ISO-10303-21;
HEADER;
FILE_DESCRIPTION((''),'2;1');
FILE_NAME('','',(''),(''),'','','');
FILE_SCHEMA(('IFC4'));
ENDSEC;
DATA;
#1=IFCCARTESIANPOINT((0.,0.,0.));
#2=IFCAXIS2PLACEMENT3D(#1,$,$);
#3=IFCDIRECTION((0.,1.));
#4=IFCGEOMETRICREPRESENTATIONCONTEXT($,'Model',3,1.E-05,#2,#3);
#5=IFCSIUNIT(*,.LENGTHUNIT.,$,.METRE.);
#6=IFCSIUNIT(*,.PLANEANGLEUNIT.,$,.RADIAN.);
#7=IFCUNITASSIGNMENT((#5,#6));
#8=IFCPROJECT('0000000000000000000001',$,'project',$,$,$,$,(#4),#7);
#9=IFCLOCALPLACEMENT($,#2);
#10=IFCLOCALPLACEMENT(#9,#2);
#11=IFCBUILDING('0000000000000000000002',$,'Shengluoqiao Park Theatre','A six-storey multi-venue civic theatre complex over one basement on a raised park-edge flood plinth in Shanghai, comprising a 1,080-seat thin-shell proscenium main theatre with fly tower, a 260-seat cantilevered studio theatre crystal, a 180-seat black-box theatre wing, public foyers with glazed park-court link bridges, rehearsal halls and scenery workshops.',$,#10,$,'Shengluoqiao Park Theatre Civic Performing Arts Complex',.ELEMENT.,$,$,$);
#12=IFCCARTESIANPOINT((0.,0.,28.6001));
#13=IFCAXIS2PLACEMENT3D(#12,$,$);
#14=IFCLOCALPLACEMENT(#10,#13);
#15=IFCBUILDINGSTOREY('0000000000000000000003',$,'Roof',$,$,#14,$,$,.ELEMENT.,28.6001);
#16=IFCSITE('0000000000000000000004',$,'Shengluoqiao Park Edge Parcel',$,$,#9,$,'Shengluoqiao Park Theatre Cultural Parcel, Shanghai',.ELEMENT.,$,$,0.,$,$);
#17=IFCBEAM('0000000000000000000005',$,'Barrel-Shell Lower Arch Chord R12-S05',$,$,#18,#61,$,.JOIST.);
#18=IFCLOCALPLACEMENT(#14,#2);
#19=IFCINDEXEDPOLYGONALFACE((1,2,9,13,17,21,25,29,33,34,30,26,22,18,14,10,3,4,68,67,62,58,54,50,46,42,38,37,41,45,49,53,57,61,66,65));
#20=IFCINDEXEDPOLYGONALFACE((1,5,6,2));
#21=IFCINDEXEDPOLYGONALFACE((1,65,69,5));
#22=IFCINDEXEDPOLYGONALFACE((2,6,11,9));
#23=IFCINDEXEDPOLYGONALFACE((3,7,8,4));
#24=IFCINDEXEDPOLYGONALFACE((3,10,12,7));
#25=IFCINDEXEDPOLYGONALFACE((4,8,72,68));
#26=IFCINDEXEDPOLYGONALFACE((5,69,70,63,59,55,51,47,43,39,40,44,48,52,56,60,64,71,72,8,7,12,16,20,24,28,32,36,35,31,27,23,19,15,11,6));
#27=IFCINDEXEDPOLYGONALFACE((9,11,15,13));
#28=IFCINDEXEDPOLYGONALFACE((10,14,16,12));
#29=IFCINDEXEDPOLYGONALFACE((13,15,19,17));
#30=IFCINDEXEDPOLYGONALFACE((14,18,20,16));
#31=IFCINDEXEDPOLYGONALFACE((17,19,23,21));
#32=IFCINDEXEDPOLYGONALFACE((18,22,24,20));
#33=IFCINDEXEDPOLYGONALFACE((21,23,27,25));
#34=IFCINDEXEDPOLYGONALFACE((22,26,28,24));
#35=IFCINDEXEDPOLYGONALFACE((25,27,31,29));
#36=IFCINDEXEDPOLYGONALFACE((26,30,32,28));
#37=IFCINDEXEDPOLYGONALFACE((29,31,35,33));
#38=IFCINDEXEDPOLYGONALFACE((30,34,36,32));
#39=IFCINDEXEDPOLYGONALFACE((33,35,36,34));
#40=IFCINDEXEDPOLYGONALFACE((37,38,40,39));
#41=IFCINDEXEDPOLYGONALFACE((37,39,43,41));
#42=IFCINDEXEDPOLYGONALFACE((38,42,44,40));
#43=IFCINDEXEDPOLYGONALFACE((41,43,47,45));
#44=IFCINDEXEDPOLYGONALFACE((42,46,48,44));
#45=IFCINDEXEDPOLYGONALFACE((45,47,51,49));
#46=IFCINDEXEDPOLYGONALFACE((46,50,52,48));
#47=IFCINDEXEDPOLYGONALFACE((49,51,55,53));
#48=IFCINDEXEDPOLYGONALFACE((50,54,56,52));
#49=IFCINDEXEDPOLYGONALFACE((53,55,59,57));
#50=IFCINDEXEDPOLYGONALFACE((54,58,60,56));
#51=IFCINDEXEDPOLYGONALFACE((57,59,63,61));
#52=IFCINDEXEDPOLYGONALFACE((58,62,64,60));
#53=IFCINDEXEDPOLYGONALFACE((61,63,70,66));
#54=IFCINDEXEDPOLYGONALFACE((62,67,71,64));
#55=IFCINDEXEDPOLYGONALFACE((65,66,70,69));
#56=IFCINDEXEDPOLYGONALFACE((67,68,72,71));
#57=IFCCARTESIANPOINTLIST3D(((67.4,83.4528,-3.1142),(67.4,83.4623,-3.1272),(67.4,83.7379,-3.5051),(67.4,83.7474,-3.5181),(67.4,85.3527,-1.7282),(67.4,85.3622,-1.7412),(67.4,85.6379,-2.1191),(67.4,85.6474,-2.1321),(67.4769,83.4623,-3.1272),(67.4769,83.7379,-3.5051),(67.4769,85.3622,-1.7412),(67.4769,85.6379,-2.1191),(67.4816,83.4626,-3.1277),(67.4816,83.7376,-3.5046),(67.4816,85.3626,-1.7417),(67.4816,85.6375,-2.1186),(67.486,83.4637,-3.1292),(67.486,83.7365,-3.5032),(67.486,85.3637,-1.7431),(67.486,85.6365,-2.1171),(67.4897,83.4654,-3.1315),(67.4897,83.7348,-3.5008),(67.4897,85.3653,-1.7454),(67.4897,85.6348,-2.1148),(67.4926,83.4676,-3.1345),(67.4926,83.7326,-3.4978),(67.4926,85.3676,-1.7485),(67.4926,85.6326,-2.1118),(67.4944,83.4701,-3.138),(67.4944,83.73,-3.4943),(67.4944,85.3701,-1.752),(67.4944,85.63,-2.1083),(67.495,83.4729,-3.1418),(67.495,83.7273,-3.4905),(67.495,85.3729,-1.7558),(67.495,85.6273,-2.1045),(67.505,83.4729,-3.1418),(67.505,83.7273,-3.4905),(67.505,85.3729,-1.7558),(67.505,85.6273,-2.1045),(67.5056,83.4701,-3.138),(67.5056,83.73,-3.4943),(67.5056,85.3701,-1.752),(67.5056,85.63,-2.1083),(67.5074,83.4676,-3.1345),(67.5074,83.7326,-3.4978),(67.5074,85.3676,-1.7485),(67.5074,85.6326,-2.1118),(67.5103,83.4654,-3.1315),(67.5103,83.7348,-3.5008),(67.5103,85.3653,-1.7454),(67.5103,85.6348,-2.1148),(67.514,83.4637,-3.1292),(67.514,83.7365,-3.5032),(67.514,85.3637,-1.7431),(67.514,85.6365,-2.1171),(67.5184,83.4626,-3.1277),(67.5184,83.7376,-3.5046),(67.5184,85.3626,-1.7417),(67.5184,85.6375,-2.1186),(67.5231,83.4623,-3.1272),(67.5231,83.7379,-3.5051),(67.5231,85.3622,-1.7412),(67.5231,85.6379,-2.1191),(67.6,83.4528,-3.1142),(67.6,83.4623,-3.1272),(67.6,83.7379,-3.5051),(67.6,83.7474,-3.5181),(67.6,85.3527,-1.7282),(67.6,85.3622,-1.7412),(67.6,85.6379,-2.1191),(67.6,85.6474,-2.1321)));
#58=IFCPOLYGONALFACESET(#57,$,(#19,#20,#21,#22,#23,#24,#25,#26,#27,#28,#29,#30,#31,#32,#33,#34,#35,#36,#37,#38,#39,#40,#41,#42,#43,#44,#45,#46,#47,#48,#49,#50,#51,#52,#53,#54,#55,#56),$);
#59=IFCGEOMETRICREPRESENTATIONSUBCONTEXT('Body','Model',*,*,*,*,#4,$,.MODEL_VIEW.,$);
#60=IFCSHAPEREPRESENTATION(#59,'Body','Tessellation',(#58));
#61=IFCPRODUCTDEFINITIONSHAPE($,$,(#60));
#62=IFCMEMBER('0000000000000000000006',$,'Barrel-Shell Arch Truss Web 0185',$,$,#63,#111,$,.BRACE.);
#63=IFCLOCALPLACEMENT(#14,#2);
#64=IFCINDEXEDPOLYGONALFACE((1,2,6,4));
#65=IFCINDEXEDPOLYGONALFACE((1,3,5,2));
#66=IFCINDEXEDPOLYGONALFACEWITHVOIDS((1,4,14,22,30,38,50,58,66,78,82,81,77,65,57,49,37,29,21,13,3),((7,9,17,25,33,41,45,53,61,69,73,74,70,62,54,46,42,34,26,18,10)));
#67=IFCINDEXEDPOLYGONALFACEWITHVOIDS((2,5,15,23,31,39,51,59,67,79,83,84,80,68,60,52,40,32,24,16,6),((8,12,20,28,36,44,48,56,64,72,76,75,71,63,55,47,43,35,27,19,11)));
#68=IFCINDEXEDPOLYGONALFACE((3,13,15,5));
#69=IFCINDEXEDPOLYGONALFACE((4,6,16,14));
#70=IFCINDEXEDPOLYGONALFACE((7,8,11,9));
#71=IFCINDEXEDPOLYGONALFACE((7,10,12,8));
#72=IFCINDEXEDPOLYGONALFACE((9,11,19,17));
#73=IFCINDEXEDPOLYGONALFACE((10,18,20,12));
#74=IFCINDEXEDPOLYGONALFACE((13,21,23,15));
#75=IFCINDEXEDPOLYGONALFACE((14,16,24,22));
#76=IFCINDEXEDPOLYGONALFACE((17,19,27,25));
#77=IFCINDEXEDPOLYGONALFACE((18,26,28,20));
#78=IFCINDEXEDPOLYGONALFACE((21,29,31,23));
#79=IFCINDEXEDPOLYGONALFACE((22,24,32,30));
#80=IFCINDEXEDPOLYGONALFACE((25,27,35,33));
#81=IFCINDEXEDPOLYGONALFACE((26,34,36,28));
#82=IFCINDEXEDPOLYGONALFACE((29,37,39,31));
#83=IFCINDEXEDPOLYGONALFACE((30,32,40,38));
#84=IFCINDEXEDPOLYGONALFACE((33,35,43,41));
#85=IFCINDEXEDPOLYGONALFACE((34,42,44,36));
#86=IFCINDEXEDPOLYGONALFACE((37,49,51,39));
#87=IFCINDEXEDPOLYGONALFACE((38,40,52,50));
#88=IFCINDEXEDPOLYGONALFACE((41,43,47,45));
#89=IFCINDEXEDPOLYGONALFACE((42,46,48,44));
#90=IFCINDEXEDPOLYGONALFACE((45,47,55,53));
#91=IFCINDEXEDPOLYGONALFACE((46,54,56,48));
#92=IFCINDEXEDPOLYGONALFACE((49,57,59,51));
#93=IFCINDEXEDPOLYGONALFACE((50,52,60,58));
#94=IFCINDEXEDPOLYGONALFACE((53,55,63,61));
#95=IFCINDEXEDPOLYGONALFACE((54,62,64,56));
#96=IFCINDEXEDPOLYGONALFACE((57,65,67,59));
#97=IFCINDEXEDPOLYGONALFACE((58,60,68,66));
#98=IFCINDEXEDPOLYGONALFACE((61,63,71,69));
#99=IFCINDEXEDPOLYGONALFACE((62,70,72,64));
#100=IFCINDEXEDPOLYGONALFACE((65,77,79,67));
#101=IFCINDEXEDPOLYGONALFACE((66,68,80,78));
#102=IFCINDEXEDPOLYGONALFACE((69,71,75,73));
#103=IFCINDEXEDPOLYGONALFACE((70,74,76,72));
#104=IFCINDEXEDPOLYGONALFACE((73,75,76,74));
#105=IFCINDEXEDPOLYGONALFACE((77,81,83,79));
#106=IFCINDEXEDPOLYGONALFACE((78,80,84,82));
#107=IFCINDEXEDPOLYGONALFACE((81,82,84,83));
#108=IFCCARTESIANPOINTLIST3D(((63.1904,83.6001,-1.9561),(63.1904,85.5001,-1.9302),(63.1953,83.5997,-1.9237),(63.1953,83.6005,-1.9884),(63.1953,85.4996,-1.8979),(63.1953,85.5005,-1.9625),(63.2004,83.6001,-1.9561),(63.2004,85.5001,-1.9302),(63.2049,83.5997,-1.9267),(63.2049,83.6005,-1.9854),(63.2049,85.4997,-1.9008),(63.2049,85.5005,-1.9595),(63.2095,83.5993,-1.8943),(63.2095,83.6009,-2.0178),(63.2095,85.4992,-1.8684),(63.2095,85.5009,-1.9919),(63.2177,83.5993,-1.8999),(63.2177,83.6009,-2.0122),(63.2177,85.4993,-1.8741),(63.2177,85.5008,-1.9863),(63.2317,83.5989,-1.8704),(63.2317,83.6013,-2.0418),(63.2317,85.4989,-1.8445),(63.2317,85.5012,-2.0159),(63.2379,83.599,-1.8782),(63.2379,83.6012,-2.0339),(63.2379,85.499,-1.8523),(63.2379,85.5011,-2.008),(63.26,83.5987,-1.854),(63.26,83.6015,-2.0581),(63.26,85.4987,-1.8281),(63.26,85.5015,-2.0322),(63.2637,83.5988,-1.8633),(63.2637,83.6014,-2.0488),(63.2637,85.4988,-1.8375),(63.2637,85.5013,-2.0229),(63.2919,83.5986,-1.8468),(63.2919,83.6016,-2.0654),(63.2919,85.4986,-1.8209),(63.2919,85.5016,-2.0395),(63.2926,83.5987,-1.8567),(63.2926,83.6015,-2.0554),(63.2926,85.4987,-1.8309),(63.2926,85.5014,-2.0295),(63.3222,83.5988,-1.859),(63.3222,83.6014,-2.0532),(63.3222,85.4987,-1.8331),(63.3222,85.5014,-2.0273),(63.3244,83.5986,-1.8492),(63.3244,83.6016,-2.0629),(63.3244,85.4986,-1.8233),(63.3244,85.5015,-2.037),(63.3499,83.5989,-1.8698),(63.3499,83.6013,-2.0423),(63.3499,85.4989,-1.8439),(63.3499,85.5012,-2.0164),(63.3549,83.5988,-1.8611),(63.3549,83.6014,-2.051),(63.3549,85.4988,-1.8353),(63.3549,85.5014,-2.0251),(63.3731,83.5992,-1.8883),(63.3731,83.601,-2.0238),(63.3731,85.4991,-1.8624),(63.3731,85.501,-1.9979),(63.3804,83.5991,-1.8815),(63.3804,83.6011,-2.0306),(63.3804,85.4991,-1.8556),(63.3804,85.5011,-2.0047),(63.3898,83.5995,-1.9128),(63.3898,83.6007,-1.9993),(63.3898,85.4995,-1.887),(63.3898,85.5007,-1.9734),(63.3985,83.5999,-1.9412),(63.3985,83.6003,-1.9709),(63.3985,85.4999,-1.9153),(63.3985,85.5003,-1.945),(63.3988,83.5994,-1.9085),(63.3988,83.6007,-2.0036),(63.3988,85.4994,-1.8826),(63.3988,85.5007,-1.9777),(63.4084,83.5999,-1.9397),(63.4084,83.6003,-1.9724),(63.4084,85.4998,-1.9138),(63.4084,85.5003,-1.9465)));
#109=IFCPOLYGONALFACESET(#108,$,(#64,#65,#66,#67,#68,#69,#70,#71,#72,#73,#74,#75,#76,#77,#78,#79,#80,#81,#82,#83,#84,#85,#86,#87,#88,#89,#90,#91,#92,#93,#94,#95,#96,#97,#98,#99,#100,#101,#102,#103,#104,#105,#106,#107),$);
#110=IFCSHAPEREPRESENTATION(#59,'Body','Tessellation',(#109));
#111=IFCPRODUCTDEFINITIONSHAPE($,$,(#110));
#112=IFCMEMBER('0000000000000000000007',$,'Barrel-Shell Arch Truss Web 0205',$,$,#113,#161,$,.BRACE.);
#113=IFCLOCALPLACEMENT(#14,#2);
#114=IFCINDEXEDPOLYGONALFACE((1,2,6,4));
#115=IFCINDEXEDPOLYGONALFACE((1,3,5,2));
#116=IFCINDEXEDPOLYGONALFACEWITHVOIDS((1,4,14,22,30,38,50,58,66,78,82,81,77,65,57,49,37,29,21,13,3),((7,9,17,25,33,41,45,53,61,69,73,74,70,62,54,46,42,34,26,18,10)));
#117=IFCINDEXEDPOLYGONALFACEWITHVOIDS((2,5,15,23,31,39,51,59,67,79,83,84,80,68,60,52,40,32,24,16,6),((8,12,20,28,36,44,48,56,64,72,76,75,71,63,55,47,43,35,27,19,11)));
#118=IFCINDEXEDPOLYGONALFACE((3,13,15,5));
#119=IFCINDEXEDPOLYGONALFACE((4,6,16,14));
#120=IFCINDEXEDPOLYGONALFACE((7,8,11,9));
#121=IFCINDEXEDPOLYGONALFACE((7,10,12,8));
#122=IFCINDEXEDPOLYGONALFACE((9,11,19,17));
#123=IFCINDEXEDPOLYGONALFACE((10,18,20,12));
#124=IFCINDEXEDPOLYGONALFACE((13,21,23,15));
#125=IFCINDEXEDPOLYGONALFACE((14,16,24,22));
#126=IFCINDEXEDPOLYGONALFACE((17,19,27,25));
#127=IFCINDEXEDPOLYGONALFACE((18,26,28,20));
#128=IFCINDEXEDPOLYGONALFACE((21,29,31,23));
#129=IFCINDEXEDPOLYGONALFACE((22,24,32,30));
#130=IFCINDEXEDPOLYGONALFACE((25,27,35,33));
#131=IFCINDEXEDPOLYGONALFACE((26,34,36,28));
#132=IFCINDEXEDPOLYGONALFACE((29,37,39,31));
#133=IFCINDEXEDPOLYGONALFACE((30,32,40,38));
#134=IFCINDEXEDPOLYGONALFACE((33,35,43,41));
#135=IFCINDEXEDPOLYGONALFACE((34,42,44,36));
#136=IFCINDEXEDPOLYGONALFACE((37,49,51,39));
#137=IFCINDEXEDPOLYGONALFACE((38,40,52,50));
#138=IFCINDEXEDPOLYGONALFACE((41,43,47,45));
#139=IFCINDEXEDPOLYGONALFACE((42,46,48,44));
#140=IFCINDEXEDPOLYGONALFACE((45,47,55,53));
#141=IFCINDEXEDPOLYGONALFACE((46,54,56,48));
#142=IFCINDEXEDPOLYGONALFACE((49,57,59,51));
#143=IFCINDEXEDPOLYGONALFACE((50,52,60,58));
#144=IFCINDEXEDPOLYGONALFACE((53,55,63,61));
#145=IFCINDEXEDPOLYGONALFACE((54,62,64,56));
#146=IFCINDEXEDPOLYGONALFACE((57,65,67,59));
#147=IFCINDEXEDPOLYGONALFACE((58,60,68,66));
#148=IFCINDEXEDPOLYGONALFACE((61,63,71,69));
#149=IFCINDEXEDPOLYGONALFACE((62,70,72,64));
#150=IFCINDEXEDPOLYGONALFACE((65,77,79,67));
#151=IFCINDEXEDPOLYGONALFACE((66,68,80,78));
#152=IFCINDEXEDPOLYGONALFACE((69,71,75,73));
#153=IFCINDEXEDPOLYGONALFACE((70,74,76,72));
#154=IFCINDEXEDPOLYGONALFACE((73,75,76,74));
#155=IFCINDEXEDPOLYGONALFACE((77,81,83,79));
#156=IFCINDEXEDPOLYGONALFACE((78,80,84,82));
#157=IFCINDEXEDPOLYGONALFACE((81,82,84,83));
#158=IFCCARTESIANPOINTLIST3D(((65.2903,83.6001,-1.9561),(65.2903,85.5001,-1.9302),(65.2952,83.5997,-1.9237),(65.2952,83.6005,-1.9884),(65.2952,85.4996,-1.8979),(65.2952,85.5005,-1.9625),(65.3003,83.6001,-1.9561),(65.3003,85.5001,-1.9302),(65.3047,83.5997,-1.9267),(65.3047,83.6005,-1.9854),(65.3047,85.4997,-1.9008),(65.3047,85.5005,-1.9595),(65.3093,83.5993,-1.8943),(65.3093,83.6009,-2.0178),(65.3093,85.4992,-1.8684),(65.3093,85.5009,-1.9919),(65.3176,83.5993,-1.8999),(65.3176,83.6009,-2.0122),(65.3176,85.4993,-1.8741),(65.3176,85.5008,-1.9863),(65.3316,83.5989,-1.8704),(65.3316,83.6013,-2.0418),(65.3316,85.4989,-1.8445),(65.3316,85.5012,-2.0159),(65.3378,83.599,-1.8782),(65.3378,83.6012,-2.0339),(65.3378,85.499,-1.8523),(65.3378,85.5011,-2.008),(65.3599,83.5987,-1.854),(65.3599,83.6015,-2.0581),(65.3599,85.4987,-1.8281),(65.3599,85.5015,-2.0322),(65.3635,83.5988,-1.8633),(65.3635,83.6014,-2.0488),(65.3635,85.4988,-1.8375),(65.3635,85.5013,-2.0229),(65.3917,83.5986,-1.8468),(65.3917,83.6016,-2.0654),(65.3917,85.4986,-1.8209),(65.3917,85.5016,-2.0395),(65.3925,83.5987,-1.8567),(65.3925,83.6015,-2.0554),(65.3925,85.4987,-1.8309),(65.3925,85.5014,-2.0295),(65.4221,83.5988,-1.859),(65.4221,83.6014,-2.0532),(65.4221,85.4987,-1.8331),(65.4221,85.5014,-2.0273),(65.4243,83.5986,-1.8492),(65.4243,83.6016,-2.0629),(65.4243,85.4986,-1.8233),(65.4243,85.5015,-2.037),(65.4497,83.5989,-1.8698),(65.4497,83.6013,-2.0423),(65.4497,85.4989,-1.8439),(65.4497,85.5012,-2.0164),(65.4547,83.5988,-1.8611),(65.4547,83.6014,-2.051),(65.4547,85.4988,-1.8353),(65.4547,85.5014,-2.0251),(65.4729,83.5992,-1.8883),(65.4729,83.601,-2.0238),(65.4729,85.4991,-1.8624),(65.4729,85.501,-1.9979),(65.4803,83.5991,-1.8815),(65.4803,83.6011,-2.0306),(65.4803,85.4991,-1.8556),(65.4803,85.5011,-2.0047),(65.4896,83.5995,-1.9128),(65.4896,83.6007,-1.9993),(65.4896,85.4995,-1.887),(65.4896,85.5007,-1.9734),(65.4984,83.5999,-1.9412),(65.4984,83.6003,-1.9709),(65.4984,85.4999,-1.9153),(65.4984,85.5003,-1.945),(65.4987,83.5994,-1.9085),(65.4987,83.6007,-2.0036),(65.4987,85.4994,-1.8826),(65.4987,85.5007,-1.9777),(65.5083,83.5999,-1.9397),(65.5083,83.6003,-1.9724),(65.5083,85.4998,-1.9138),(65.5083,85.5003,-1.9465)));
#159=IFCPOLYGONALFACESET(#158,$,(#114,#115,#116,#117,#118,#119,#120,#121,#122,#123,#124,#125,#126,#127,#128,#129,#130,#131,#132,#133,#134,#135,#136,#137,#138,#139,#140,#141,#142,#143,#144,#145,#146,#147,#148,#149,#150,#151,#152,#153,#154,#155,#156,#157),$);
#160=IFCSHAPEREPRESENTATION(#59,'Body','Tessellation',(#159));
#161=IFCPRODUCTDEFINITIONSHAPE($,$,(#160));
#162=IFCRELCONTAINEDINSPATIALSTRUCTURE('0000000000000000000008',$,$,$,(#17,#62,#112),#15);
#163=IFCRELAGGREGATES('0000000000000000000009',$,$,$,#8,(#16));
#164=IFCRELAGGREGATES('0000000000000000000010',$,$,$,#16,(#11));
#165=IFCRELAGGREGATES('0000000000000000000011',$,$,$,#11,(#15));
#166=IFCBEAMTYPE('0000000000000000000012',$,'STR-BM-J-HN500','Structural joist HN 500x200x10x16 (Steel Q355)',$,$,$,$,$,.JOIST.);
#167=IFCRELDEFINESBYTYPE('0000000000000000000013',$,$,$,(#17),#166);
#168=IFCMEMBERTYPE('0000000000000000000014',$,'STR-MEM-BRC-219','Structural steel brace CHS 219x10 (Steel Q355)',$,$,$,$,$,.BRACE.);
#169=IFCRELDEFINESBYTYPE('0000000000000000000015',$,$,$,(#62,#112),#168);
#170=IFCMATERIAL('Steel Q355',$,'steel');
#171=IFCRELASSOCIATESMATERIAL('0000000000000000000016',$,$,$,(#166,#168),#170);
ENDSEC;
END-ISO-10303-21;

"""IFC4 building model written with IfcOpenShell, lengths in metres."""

from ifc_helpers import new_model, si_unit, direction, frame, origin, origin_2d, place, context, subcontext, project, spatial, hollow_circle, i_section, extrude, material, material_profile, profile_set, type_object, element, save


model = new_model("IFC4")

# Units and contexts
model_context = context("Model", 3, precision=1e-05, world=origin(), true_north=direction((0.0, 1.0)))
body_context = subcontext(model_context, "Body", "Model", "MODEL_VIEW")
ifc_project = project(units=[si_unit("LENGTHUNIT", "METRE"), si_unit("PLANEANGLEUNIT", "RADIAN")], contexts=[model_context])

# Site, building, storey
site_placement = place(None, origin())
site = spatial("IfcSite", under=ifc_project, at=site_placement, Name="Shengluoqiao Park Edge Parcel", LongName="Shengluoqiao Park Theatre Cultural Parcel, Shanghai", CompositionType="ELEMENT", RefElevation=0.0)
building_placement = place(site_placement, origin())
building = spatial("IfcBuilding", under=site, at=building_placement, Name="Shengluoqiao Park Theatre", Description="A six-storey multi-venue civic theatre complex over one basement on a raised park-edge flood plinth in Shanghai, comprising a 1,080-seat thin-shell proscenium main theatre with fly tower, a 260-seat cantilevered studio theatre crystal, a 180-seat black-box theatre wing, public foyers with glazed park-court link bridges, rehearsal halls and scenery workshops.", LongName="Shengluoqiao Park Theatre Civic Performing Arts Complex", CompositionType="ELEMENT")
storey_placement = place(building_placement, frame((0.0, 0.0, 28.6001)))
storey = spatial("IfcBuildingStorey", under=building, at=storey_placement, Name="Roof", CompositionType="ELEMENT", Elevation=28.6001)

# Beam
ifc_material_1 = material(Name="Steel Q355", Category="steel")
ifc_material_profile_1 = material_profile(ifc_material_1, i_section(OverallWidth=0.2, OverallDepth=0.5, WebThickness=0.01, FlangeThickness=0.0161, FilletRadius=0.0181, at=origin_2d()), Name="HN 500x200x10x16")
ifc_profile_set_1 = profile_set([ifc_material_profile_1], Name="Steel Q355")
beam_type_1 = type_object("IfcBeamType", Name="STR-BM-J-HN500", Description="Structural joist HN 500x200x10x16 (Steel Q355)", PredefinedType="JOIST", material=ifc_profile_set_1)
for number, where, z_axis, x_axis, name in (
    (1, (67.5, 83.6001, -3.3162), (0.0, 0.807878, 0.58935), (-1.0, 0.0, 0.0), "Barrel-Shell Lower Arch Chord R12-S05"),
):
    element("IfcBeam", number, at=place(storey_placement, frame(where, z_axis=z_axis, x_axis=x_axis)), inside=storey, type_object=beam_type_1, Name=name, PredefinedType="JOIST", context=body_context, shape_type="SweptSolid", body=[
        extrude(i_section(OverallWidth=0.2, OverallDepth=0.5, WebThickness=0.01, FlangeThickness=0.0161, FilletRadius=0.0181, at=origin_2d()), origin(), (0.0, 0.0, 1.0), 2.3518),
    ])

# Members
ifc_material_profile_2 = material_profile(ifc_material_1, hollow_circle(Radius=0.1096, WallThickness=0.01, at=origin_2d()), Name="CHS 219x10")
ifc_profile_set_2 = profile_set([ifc_material_profile_2], Name="Steel Q355")
member_type_1 = type_object("IfcMemberType", Name="STR-MEM-BRC-219", Description="Structural steel brace CHS 219x10 (Steel Q355)", PredefinedType="BRACE", material=ifc_profile_set_2)
for number, where, z_axis, x_axis, name in (
    (2, (63.3, 83.6001, -1.9561), (0.0, 0.999907, 0.01362), (-1.0, 0.0, 0.0), "Barrel-Shell Arch Truss Web 0185"),
    (3, (65.3999, 83.6001, -1.9561), (0.0, 0.999907, 0.01362), (-1.0, 0.0, 0.0), "Barrel-Shell Arch Truss Web 0205"),
):
    element("IfcMember", number, at=place(storey_placement, frame(where, z_axis=z_axis, x_axis=x_axis)), inside=storey, type_object=member_type_1, Name=name, PredefinedType="BRACE", context=body_context, shape_type="SweptSolid", body=[
        extrude(hollow_circle(Radius=0.1096, WallThickness=0.01, at=origin_2d()), origin(), (0.0, 0.0, 1.0), 1.9001),
    ])

save(model, "model.ifc")
